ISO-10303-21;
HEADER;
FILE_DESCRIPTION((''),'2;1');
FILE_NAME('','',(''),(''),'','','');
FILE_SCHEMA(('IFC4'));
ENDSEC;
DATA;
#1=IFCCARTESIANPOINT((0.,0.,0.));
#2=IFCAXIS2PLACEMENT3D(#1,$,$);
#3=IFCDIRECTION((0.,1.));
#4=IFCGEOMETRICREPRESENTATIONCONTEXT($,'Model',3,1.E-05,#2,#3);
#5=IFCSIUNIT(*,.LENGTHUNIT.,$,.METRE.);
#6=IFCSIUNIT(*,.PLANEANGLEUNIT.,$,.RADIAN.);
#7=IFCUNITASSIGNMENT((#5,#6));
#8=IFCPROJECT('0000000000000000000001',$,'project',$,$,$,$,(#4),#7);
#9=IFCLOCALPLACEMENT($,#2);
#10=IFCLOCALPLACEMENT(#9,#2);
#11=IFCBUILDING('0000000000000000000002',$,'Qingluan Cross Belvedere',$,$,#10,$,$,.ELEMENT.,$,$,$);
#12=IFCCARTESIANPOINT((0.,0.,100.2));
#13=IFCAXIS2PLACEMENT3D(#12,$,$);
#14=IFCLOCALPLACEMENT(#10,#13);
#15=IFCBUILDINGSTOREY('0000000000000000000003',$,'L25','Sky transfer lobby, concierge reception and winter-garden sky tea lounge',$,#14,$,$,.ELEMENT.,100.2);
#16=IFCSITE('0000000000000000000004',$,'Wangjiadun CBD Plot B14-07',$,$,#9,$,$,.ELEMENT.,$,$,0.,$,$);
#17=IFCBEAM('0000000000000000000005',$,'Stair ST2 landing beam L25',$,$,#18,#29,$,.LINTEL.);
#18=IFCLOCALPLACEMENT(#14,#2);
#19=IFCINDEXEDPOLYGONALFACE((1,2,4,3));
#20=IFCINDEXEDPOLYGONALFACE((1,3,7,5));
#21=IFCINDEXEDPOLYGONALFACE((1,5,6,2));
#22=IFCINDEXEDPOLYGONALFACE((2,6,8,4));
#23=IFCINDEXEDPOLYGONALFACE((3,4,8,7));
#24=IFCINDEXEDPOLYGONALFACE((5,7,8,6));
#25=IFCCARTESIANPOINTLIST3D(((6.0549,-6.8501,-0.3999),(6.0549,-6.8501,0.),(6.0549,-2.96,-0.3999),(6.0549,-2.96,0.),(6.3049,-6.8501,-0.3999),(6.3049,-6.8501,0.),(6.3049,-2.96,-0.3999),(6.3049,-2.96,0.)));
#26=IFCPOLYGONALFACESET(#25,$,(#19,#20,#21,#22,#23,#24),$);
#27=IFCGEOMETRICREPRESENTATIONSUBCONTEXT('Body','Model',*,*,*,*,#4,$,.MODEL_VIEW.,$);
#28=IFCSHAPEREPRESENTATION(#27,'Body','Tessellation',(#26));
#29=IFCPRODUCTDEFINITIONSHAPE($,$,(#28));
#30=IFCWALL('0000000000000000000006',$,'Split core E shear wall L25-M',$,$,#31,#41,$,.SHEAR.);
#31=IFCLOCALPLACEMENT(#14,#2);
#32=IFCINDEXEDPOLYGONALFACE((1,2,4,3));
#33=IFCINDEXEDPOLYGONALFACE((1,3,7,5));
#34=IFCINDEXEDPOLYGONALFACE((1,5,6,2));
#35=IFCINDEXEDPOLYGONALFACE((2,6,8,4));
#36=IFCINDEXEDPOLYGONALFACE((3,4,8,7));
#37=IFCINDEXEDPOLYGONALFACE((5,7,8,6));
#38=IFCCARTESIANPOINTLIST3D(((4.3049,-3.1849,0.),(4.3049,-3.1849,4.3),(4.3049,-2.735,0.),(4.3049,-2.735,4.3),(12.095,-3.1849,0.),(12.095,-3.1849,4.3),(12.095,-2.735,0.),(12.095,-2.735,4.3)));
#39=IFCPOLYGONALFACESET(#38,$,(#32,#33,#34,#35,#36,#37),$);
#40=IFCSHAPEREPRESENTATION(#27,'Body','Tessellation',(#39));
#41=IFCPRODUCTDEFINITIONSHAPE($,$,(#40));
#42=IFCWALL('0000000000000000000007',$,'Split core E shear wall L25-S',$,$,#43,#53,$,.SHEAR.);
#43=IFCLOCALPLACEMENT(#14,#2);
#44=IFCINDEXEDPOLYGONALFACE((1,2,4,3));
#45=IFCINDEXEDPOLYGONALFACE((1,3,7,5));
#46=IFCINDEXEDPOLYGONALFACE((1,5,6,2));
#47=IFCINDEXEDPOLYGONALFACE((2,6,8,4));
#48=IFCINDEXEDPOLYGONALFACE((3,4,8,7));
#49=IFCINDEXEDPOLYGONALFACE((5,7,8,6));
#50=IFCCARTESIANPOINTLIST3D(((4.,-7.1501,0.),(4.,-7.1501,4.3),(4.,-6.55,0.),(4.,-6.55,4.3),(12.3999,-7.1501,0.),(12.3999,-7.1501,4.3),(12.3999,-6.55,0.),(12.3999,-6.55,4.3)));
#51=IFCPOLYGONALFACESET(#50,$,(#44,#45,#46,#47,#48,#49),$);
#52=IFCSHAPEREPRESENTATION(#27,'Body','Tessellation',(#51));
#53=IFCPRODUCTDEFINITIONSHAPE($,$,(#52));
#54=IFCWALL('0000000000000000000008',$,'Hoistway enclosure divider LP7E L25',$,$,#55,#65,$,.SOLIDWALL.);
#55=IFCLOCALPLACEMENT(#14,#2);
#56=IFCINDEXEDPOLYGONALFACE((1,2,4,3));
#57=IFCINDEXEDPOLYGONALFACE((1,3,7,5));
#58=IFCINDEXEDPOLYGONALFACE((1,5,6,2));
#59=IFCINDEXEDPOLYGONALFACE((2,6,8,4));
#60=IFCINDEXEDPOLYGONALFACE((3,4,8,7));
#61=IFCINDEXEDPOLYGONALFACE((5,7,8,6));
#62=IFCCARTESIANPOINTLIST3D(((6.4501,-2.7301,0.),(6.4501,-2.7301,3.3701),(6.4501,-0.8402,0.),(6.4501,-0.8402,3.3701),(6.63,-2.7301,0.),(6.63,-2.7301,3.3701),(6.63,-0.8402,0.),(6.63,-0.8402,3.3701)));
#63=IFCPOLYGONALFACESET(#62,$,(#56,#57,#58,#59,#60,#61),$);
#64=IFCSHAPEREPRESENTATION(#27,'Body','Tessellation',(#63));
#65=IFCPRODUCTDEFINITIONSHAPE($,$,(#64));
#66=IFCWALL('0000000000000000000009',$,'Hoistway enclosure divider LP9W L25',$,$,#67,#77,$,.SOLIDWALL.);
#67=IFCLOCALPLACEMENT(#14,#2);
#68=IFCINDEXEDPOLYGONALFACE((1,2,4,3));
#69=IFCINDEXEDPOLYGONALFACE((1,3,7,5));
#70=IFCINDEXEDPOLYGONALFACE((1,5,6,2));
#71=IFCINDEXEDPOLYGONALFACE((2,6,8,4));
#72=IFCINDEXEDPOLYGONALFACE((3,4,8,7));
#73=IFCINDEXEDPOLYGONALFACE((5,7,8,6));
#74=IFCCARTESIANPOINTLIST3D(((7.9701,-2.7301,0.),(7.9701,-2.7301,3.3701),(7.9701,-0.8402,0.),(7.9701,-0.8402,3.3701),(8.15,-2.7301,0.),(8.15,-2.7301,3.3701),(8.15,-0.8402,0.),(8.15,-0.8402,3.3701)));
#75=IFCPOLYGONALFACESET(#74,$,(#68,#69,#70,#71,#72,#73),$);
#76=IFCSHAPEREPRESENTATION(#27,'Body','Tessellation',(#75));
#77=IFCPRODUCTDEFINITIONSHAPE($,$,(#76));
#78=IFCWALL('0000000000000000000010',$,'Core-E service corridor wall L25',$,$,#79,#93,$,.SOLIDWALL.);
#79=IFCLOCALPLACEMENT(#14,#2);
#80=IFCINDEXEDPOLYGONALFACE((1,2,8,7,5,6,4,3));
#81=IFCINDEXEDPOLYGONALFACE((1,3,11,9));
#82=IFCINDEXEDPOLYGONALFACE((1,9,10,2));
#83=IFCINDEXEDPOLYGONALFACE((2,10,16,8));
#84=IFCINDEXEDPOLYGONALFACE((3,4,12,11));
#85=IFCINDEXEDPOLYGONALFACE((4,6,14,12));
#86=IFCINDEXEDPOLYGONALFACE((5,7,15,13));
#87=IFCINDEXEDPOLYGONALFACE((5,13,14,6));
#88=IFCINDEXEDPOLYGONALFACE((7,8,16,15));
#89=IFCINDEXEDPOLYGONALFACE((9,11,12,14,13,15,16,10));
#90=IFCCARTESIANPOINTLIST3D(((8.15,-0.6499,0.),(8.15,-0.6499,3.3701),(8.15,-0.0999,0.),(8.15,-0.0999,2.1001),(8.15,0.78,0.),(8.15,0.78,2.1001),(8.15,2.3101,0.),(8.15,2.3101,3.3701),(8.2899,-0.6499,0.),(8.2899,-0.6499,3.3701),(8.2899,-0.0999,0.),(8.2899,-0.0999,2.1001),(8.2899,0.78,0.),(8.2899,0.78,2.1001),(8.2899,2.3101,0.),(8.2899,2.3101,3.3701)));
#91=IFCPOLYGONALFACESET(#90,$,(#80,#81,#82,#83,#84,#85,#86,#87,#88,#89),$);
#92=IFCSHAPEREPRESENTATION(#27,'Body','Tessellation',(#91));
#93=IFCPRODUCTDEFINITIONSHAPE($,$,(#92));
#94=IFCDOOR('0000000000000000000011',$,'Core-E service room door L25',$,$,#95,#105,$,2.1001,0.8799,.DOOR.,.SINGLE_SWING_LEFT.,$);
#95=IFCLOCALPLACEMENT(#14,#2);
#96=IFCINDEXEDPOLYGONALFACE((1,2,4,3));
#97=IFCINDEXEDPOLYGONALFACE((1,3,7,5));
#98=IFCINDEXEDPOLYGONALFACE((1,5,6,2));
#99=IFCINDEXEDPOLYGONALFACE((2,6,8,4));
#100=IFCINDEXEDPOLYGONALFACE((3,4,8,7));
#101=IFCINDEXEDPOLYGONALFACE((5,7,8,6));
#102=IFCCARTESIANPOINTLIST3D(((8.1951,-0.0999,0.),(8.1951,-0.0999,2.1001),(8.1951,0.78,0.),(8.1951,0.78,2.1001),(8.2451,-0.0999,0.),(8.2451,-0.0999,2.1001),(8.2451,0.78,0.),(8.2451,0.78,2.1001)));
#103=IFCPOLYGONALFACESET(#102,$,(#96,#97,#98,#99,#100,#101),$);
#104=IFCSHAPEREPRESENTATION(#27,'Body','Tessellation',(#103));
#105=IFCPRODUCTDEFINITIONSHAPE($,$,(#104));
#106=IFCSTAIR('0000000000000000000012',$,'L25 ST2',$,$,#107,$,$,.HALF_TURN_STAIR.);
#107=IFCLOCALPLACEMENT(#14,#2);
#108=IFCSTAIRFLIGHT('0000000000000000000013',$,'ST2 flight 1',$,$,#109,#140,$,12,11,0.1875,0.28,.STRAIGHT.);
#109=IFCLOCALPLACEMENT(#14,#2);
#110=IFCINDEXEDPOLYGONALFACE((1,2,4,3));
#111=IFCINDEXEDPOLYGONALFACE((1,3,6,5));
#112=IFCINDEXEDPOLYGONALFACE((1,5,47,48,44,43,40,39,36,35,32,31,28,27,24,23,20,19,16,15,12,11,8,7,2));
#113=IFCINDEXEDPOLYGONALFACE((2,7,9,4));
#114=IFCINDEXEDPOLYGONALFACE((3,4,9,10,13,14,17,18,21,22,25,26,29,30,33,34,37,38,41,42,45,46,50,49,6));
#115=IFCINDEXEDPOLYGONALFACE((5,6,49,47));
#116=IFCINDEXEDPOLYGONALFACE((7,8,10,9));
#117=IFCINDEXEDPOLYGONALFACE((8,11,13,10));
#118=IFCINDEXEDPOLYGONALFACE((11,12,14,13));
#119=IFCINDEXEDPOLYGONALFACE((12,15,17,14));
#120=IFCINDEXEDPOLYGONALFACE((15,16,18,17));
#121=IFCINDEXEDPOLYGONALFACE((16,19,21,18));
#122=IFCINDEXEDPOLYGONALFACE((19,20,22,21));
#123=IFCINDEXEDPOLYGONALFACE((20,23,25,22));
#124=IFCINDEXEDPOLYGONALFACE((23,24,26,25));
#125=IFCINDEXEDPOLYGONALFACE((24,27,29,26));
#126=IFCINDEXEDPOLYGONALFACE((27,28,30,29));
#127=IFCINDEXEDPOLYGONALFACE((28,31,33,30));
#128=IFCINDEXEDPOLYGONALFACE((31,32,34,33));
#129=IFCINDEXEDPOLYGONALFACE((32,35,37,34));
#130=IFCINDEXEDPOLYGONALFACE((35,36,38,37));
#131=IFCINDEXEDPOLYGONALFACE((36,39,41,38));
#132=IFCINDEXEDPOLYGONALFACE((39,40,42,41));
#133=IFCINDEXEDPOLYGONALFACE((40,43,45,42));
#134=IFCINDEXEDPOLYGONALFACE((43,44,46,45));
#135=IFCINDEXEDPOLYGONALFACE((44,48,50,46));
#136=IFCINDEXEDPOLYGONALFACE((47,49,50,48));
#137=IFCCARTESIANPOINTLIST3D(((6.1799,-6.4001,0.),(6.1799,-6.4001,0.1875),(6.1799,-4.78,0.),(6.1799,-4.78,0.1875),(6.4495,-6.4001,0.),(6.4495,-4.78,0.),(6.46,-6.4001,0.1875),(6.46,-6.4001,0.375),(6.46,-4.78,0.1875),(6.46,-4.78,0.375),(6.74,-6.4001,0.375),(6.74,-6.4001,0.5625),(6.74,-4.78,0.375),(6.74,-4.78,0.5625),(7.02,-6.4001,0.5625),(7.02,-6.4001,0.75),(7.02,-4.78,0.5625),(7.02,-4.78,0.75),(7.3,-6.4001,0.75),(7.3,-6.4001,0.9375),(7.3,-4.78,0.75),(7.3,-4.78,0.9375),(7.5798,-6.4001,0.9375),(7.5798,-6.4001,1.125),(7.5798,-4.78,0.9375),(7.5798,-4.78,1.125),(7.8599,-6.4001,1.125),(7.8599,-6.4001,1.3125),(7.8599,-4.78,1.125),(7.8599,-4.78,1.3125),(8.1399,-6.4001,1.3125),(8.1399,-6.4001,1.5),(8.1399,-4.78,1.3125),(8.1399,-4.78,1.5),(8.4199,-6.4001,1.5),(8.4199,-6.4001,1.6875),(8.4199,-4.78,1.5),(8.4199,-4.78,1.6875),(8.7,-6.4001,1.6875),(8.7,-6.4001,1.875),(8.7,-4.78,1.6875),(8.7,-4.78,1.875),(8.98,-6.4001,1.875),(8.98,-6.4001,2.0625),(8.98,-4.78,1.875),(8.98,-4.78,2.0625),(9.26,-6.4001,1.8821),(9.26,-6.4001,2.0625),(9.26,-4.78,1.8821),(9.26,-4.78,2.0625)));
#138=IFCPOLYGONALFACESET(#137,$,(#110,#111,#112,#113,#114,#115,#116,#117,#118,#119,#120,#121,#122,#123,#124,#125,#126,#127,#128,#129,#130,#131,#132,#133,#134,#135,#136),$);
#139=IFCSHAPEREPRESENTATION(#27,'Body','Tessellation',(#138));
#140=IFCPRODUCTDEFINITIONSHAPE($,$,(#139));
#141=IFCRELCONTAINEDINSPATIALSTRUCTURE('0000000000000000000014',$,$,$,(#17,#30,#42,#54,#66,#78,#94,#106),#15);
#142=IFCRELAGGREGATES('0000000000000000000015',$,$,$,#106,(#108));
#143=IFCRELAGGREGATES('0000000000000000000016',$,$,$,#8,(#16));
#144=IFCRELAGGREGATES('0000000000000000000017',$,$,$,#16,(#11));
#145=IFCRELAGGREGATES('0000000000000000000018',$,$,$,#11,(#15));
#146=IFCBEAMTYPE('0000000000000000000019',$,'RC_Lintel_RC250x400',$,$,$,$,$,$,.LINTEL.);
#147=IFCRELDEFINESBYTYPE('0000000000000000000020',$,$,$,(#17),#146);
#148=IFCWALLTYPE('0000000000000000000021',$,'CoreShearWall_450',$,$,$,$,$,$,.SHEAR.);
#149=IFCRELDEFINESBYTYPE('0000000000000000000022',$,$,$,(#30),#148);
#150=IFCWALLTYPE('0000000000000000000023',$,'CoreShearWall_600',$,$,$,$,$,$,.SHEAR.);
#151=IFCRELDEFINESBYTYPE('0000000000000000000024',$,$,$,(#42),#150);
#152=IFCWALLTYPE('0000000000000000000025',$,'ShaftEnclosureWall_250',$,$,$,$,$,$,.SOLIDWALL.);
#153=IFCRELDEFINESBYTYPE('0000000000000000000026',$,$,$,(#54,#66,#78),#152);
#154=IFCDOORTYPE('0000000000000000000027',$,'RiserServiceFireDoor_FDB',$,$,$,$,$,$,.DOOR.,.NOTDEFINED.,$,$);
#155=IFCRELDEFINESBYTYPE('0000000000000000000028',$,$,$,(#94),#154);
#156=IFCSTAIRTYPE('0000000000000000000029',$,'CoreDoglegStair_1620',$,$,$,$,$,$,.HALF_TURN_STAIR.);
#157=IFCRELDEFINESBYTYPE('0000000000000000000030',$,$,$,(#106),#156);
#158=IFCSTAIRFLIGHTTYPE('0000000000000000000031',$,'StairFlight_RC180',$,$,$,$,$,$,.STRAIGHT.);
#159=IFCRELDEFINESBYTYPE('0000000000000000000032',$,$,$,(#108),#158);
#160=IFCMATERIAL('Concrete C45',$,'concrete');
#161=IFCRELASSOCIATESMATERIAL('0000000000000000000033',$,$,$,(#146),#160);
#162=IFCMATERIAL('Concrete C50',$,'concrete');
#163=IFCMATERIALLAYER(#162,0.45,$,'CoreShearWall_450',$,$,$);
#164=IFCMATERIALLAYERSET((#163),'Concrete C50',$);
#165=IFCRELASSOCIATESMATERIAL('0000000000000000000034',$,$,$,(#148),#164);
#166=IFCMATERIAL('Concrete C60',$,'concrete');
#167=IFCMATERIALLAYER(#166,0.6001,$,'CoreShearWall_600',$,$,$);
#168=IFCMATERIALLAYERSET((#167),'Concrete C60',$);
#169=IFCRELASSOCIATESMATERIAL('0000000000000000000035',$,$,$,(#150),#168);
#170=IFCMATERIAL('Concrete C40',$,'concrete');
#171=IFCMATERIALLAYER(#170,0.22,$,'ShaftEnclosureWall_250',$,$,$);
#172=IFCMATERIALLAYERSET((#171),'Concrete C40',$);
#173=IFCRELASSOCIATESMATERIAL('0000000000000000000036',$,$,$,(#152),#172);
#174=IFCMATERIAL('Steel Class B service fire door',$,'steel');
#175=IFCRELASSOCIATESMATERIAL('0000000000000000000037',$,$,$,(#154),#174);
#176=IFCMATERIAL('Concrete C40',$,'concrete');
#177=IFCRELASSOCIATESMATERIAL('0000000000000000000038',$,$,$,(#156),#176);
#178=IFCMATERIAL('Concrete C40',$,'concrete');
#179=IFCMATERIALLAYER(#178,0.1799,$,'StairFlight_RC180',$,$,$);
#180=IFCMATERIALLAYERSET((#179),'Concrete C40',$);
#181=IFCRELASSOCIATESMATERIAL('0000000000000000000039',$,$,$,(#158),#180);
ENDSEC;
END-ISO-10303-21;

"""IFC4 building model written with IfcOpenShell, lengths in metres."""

from ifc_helpers import new_model, si_unit, direction, frame, frame_2d, origin, origin_2d, place, context, subcontext, project, spatial, polyline, rectangle, outline, extrude, material, layer, layer_set, material_profile, profile_set, type_object, element, fill, aggregate, save


model = new_model("IFC4")

# Units and contexts
model_context = context("Model", 3, precision=1e-05, world=origin(), true_north=direction((0.0, 1.0)))
body_context = subcontext(model_context, "Body", "Model", "MODEL_VIEW")
ifc_project = project(units=[si_unit("LENGTHUNIT", "METRE"), si_unit("PLANEANGLEUNIT", "RADIAN")], contexts=[model_context])

# Site, building, storey
site_placement = place(None, origin())
site = spatial("IfcSite", under=ifc_project, at=site_placement, Name="Wangjiadun CBD Plot B14-07", CompositionType="ELEMENT", RefElevation=0.0)
building_placement = place(site_placement, origin())
building = spatial("IfcBuilding", under=site, at=building_placement, Name="Qingluan Cross Belvedere", CompositionType="ELEMENT")
storey_placement = place(building_placement, frame((0.0, 0.0, 100.2)))
storey = spatial("IfcBuildingStorey", under=building, at=storey_placement, Name="L25", Description="Sky transfer lobby, concierge reception and winter-garden sky tea lounge", CompositionType="ELEMENT", Elevation=100.2)

# Beam
ifc_material_1 = material(Name="Concrete C45", Category="concrete")
ifc_material_profile = material_profile(ifc_material_1, rectangle(XDim=0.25, YDim=0.3999, at=origin_2d()), Name="RC250x400")
ifc_profile_set = profile_set([ifc_material_profile], Name="Concrete C45")
beam_type = type_object("IfcBeamType", Name="RC_Lintel_RC250x400", PredefinedType="LINTEL", material=ifc_profile_set)
beam_placement = place(storey_placement, frame((6.1799, -6.8501, -0.2), z_axis=(0.0, 1.0, 0.0), x_axis=(-1.0, 0.0, 0.0)))
element("IfcBeam", 1, at=beam_placement, inside=storey, type_object=beam_type, Name="Stair ST2 landing beam L25", PredefinedType="LINTEL", context=body_context, shape_type="SweptSolid", body=[
    extrude(rectangle(XDim=0.25, YDim=0.3999, at=origin_2d()), origin(), (0.0, 0.0, 1.0), 3.8901),
])

# Walls
ifc_material_2 = material(Name="Concrete C50", Category="concrete")
ifc_layer_1 = layer(ifc_material_2, 0.45, Name="CoreShearWall_450")
ifc_layer_set_1 = layer_set([ifc_layer_1], Name="Concrete C50")
wall_type_1 = type_object("IfcWallType", Name="CoreShearWall_450", PredefinedType="SHEAR", material=ifc_layer_set_1)
wall_1_placement = place(storey_placement, frame((4.3049, -2.96, 0.0), z_axis=(0.0, 0.0, 1.0), x_axis=(1.0, 0.0, 0.0)))
element("IfcWall", 2, at=wall_1_placement, inside=storey, type_object=wall_type_1, Name="Split core E shear wall L25-M", PredefinedType="SHEAR", context=body_context, shape_type="SweptSolid", body=[
    extrude(rectangle(XDim=7.79, YDim=0.45, at=frame_2d((3.895, 0.0))), origin(), (0.0, 0.0, 1.0), 4.3),
])
ifc_material_3 = material(Name="Concrete C60", Category="concrete")
ifc_layer_2 = layer(ifc_material_3, 0.6001, Name="CoreShearWall_600")
ifc_layer_set_2 = layer_set([ifc_layer_2], Name="Concrete C60")
wall_type_2 = type_object("IfcWallType", Name="CoreShearWall_600", PredefinedType="SHEAR", material=ifc_layer_set_2)
wall_2_placement = place(storey_placement, frame((4.0, -6.8501, 0.0), z_axis=(0.0, 0.0, 1.0), x_axis=(1.0, 0.0, 0.0)))
element("IfcWall", 3, at=wall_2_placement, inside=storey, type_object=wall_type_2, Name="Split core E shear wall L25-S", PredefinedType="SHEAR", context=body_context, shape_type="SweptSolid", body=[
    extrude(rectangle(XDim=8.3999, YDim=0.6001, at=frame_2d((4.2, 0.0))), origin(), (0.0, 0.0, 1.0), 4.3),
])

# Shared definitions
ifc_material_4 = material(Name="Concrete C40", Category="concrete")
ifc_layer_3 = layer(ifc_material_4, 0.22, Name="ShaftEnclosureWall_250")
ifc_layer_set_3 = layer_set([ifc_layer_3], Name="Concrete C40")
wall_type_3 = type_object("IfcWallType", Name="ShaftEnclosureWall_250", PredefinedType="SOLIDWALL", material=ifc_layer_set_3)

# Walls
for number, where, z_axis, x_axis, name in (
    (4, (6.54, -2.73, 0.0), (0.0, 0.0, 1.0), (0.0, 1.0, 0.0), "Hoistway enclosure divider LP7E L25"),
    (5, (8.0601, -2.73, 0.0), (0.0, 0.0, 1.0), (0.0, 1.0, 0.0), "Hoistway enclosure divider LP9W L25"),
):
    element("IfcWall", number, at=place(storey_placement, frame(where, z_axis=z_axis, x_axis=x_axis)), inside=storey, type_object=wall_type_3, Name=name, PredefinedType="SOLIDWALL", context=body_context, shape_type="SweptSolid", body=[
        extrude(rectangle(XDim=1.8899, YDim=0.1799, at=frame_2d((0.9448, 0.0))), origin(), (0.0, 0.0, 1.0), 3.3701),
    ])

# Wall, opening, door
wall_3_placement = place(storey_placement, frame((8.22, -0.6499, 0.0), z_axis=(0.0, 0.0, 1.0), x_axis=(0.0, 1.0, 0.0)))
wall_3 = element("IfcWall", 6, at=wall_3_placement, inside=storey, type_object=wall_type_3, Name="Core-E service corridor wall L25", PredefinedType="SOLIDWALL", context=body_context, shape_type="SweptSolid", body=[
    extrude(rectangle(XDim=2.96, YDim=0.1399, at=frame_2d((1.48, 0.0))), origin(), (0.0, 0.0, 1.0), 3.3701),
])
opening_1_placement = place(wall_3_placement, frame((0.55, 0.0, 0.0)))
opening_1 = element("IfcOpeningElement", 7, at=opening_1_placement, cuts=wall_3, PredefinedType="OPENING", context=body_context, shape_type="SweptSolid", body=[
    extrude(rectangle(XDim=0.8799, YDim=2.1001, at=frame_2d((0.4399, 1.05))), frame((0.0, 0.0798, 0.0), z_axis=(0.0, -1.0, 0.0), x_axis=(1.0, 0.0, 0.0)), (0.0, 0.0, 1.0), 0.1599),
])
ifc_material_5 = material(Name="Steel Class B service fire door", Category="steel")
door_type_1 = type_object("IfcDoorType", Name="RiserServiceFireDoor_FDB", OperationType="NOTDEFINED", PredefinedType="DOOR", material=ifc_material_5)
door_1_placement = place(opening_1_placement, origin())
door_1 = element("IfcDoor", 8, at=door_1_placement, inside=storey, type_object=door_type_1, Name="Core-E service room door L25", OperationType="SINGLE_SWING_LEFT", OverallHeight=2.1001, OverallWidth=0.8799, PredefinedType="DOOR", context=body_context, shape_type="SweptSolid", body=[
    extrude(rectangle(XDim=0.8799, YDim=2.1001, at=frame_2d((0.4399, 1.05))), frame((0.0, 0.0249, 0.0), z_axis=(0.0, -1.0, 0.0), x_axis=(1.0, 0.0, 0.0)), (0.0, 0.0, 1.0), 0.05),
])
fill(opening_1, door_1)

# Stair, stair flight
ifc_material_6 = material(Name="Concrete C40", Category="concrete")
stair_type = type_object("IfcStairType", Name="CoreDoglegStair_1620", PredefinedType="HALF_TURN_STAIR", material=ifc_material_6)
stair_placement = place(storey_placement, origin())
stair = element("IfcStair", 9, at=stair_placement, inside=storey, type_object=stair_type, Name="L25 ST2", PredefinedType="HALF_TURN_STAIR")
ifc_material_7 = material(Name="Concrete C40", Category="concrete")
ifc_layer_4 = layer(ifc_material_7, 0.1799, Name="StairFlight_RC180")
ifc_layer_set_4 = layer_set([ifc_layer_4], Name="Concrete C40")
stair_flight_type = type_object("IfcStairFlightType", Name="StairFlight_RC180", PredefinedType="STRAIGHT", material=ifc_layer_set_4)
stair_flight_placement = place(storey_placement, frame((6.1799, -5.5901, 0.0), z_axis=(0.0, 0.0, 1.0), x_axis=(1.0, 0.0, 0.0)))
stair_flight = element("IfcStairFlight", 10, at=stair_flight_placement, type_object=stair_flight_type, Name="ST2 flight 1", NumberOfRisers=12, NumberOfTreads=11, PredefinedType="STRAIGHT", RiserHeight=0.1875, TreadLength=0.28, context=body_context, shape_type="SweptSolid", body=[
    extrude(outline(polyline([(0.0, 0.0), (0.0, 0.1875), (0.28, 0.1875), (0.28, 0.375), (0.5601, 0.375), (0.5601, 0.5625), (0.8401, 0.5625), (0.8401, 0.75), (1.1201, 0.75), (1.1201, 0.9375), (1.3999, 0.9375), (1.3999, 1.125), (1.6799, 1.125), (1.6799, 1.3125), (1.96, 1.3125), (1.96, 1.5), (2.24, 1.5), (2.24, 1.6875), (2.52, 1.6875), (2.52, 1.875), (2.8, 1.875), (2.8, 2.0625), (3.0801, 2.0625), (3.0801, 2.25), (3.0801, 1.8821), (0.2695, 0.0), (0.0, 0.0)])), frame((0.0, 0.8101, 0.0), z_axis=(0.0, -1.0, 0.0), x_axis=(1.0, 0.0, 0.0)), (0.0, 0.0, 1.0), 1.6201),
])
aggregate(stair, [stair_flight])

save(model, "model.ifc")
